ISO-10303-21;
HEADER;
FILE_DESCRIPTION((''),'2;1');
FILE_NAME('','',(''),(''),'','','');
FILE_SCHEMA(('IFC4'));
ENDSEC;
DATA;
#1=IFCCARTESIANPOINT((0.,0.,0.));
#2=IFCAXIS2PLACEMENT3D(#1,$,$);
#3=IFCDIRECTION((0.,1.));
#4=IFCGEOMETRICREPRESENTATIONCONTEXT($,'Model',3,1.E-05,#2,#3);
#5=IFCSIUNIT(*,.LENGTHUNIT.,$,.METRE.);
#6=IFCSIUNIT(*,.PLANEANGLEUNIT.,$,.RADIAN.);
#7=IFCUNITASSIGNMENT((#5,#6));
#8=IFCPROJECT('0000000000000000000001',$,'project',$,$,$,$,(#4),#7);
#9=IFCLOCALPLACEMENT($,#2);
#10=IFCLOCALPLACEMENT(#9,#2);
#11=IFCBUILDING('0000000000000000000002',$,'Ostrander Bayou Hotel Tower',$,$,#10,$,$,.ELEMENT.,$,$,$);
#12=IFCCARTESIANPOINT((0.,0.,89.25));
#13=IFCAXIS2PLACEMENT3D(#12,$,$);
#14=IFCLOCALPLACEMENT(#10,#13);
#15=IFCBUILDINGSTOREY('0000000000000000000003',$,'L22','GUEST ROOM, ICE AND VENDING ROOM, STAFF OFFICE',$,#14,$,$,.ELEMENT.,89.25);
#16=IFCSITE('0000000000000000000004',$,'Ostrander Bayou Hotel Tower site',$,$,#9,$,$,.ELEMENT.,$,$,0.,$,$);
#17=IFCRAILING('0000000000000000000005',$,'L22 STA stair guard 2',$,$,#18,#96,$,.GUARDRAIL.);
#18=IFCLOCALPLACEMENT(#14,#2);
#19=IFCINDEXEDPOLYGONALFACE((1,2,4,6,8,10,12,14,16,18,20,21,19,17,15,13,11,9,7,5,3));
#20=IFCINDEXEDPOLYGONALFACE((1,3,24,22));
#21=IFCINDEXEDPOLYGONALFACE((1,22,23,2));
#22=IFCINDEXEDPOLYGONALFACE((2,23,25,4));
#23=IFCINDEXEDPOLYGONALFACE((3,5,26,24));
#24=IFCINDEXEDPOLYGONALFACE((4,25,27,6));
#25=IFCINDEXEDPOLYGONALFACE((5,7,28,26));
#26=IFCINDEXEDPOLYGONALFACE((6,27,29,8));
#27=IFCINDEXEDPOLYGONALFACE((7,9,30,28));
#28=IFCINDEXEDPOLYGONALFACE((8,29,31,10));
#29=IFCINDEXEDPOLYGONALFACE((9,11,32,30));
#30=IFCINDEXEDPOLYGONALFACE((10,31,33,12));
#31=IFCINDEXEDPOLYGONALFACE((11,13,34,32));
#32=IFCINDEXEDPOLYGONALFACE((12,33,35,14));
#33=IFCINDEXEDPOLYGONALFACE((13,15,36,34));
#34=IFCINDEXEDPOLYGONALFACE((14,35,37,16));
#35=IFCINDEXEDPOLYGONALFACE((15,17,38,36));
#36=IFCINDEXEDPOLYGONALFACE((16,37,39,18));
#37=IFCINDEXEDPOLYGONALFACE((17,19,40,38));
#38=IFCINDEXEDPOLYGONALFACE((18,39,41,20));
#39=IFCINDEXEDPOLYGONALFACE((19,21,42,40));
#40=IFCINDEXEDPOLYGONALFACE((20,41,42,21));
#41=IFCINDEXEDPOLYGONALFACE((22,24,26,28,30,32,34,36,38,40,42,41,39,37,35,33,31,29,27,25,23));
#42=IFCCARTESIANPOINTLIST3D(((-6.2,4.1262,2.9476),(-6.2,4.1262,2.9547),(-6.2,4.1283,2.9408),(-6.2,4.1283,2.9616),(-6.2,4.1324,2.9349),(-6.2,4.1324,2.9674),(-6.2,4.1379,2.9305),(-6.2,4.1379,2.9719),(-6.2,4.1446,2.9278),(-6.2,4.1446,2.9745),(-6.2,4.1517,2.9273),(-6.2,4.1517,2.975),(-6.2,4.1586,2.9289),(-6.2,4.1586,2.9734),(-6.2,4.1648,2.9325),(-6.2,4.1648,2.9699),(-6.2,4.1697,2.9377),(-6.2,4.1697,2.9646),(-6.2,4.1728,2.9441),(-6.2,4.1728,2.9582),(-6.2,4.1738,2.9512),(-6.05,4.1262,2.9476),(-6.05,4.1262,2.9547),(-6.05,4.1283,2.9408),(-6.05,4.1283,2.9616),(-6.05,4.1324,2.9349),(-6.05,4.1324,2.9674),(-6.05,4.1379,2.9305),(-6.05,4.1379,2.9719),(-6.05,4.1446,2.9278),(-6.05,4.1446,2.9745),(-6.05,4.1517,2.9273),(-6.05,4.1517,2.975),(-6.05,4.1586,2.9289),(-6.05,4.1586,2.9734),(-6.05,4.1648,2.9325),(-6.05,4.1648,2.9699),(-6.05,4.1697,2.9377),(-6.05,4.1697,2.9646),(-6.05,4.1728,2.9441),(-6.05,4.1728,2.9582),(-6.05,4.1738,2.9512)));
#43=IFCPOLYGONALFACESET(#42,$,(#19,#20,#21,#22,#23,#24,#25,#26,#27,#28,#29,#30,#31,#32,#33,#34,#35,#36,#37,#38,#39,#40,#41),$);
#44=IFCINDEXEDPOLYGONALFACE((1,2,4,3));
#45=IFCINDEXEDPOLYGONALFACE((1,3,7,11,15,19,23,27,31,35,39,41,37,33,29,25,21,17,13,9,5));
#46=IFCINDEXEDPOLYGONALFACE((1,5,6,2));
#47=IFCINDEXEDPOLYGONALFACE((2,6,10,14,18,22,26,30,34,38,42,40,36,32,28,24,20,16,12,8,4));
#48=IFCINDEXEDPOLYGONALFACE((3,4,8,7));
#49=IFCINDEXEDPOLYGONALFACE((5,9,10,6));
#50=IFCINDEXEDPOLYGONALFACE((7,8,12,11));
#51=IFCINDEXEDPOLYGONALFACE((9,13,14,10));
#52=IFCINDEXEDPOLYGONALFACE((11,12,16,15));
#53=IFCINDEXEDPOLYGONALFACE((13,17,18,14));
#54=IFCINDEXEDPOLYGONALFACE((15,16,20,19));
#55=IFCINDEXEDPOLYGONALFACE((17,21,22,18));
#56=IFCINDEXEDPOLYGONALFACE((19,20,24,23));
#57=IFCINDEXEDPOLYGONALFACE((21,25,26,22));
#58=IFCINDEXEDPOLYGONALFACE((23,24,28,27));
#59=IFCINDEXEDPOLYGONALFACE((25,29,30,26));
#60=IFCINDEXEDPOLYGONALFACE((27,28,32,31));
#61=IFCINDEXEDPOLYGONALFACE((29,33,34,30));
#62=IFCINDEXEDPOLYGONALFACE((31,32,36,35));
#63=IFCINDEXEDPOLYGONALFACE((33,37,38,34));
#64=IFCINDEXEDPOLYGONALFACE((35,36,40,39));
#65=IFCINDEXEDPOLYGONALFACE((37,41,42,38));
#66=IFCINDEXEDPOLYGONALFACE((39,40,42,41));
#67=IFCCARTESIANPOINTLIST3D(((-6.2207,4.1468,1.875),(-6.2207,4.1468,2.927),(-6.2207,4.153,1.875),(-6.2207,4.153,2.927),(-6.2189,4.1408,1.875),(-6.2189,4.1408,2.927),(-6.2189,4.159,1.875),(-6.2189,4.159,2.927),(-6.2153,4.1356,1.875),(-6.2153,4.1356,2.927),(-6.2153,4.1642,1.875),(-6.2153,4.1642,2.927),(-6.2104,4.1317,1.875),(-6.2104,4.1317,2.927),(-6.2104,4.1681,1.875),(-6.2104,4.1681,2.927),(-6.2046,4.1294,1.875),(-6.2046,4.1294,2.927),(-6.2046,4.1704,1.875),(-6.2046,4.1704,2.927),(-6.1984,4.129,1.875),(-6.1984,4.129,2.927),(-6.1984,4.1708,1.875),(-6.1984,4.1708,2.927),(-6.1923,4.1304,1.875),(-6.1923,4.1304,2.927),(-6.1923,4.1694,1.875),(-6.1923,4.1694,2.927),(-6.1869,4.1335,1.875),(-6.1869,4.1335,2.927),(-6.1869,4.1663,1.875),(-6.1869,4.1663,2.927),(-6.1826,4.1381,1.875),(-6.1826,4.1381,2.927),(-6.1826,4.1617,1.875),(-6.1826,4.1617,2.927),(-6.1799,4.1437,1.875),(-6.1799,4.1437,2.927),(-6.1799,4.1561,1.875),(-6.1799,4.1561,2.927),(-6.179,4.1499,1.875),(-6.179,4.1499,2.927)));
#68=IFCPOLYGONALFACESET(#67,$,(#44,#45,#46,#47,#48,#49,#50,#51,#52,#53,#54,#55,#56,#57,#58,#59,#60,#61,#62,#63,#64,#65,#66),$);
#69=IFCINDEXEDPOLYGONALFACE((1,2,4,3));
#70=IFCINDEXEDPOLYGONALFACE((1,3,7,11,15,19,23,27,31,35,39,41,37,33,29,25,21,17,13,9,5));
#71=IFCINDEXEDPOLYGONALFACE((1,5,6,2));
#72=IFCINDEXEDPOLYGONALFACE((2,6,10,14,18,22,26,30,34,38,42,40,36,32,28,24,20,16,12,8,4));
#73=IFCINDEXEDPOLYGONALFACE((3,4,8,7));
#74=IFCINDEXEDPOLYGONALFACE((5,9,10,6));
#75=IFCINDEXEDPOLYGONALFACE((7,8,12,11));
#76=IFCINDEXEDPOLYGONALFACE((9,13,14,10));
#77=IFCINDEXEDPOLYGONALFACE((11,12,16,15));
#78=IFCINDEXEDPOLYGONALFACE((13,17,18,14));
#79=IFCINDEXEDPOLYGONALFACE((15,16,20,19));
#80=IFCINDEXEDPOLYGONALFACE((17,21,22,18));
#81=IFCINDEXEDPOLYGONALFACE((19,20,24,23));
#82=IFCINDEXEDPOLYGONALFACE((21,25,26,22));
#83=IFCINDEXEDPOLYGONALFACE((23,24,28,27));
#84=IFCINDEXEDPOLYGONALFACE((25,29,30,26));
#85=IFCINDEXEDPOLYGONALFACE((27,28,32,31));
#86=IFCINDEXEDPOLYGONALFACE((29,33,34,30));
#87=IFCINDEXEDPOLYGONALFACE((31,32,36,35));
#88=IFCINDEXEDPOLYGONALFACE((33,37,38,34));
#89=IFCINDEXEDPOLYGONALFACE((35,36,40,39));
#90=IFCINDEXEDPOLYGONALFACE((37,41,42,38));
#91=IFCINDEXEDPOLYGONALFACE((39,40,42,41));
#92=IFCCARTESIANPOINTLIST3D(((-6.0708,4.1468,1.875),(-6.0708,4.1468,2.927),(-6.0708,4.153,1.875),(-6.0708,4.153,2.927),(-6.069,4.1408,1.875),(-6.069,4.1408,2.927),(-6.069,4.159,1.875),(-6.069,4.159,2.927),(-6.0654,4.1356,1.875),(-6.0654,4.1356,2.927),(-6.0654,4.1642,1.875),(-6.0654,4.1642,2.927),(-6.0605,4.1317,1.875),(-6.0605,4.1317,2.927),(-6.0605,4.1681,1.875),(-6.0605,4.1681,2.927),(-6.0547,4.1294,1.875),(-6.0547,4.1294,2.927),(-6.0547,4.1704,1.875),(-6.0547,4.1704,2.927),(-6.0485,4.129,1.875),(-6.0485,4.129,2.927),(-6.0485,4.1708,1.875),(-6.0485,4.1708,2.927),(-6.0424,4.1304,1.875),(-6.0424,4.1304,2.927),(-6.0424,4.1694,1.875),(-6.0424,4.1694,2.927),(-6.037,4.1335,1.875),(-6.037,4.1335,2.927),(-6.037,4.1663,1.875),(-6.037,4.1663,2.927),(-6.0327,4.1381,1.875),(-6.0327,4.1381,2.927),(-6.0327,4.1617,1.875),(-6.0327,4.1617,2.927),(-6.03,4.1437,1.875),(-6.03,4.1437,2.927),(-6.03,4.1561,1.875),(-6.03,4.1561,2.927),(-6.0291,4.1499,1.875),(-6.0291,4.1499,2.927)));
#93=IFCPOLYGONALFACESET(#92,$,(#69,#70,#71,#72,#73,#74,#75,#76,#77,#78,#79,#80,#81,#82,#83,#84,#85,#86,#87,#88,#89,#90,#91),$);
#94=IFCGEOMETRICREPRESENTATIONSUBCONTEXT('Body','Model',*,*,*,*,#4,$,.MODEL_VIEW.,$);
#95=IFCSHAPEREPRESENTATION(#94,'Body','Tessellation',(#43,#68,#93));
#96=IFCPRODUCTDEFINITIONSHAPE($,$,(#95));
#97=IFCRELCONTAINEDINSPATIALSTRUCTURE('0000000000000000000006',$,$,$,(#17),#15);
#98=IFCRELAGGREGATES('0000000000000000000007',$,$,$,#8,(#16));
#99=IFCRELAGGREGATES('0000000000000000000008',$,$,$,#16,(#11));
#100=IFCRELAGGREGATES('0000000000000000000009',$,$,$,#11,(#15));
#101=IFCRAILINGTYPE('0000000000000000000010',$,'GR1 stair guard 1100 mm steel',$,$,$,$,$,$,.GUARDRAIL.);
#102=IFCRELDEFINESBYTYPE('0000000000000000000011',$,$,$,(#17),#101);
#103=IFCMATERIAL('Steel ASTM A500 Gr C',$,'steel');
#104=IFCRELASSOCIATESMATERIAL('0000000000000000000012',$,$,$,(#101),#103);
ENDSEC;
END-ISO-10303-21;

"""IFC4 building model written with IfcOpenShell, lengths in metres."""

from ifc_helpers import new_model, si_unit, direction, frame, origin, origin_2d, place, context, subcontext, project, spatial, circle, extrude, material, type_object, element, save


model = new_model("IFC4")

# Units and contexts
model_context = context("Model", 3, precision=1e-05, world=origin(), true_north=direction((0.0, 1.0)))
body_context = subcontext(model_context, "Body", "Model", "MODEL_VIEW")
ifc_project = project(units=[si_unit("LENGTHUNIT", "METRE"), si_unit("PLANEANGLEUNIT", "RADIAN")], contexts=[model_context])

# Site, building, storey
site_placement = place(None, origin())
site = spatial("IfcSite", under=ifc_project, at=site_placement, Name="Ostrander Bayou Hotel Tower site", CompositionType="ELEMENT", RefElevation=0.0)
building_placement = place(site_placement, origin())
building = spatial("IfcBuilding", under=site, at=building_placement, Name="Ostrander Bayou Hotel Tower", CompositionType="ELEMENT")
storey_placement = place(building_placement, frame((0.0, 0.0, 89.25)))
storey = spatial("IfcBuildingStorey", under=building, at=storey_placement, Name="L22", Description="GUEST ROOM, ICE AND VENDING ROOM, STAFF OFFICE", CompositionType="ELEMENT", Elevation=89.25)

# Railing
ifc_material_1 = material(Name="Steel ASTM A500 Gr C", Category="steel")
railing_type_1 = type_object("IfcRailingType", Name="GR1 stair guard 1100 mm steel", PredefinedType="GUARDRAIL", material=ifc_material_1)
railing_1_placement = place(storey_placement, frame((-6.2, 4.1499, 1.875)))
element("IfcRailing", 1, at=railing_1_placement, inside=storey, type_object=railing_type_1, Name="L22 STA stair guard 2", PredefinedType="GUARDRAIL", context=body_context, shape_type="SweptSolid", body=[
    extrude(circle(Radius=0.0239, at=origin_2d()), frame((0.0, 0.0, 1.0762), z_axis=(1.0, 0.0, 0.0), x_axis=(0.0, 1.0, 0.0)), (0.0, 0.0, 1.0), 0.1499),
    extrude(circle(Radius=0.021, at=origin_2d()), origin(), (0.0, 0.0, 1.0), 1.052),
    extrude(circle(Radius=0.021, at=origin_2d()), frame((0.1499, 0.0, 0.0)), (0.0, 0.0, 1.0), 1.052),
])

save(model, "model.ifc")
